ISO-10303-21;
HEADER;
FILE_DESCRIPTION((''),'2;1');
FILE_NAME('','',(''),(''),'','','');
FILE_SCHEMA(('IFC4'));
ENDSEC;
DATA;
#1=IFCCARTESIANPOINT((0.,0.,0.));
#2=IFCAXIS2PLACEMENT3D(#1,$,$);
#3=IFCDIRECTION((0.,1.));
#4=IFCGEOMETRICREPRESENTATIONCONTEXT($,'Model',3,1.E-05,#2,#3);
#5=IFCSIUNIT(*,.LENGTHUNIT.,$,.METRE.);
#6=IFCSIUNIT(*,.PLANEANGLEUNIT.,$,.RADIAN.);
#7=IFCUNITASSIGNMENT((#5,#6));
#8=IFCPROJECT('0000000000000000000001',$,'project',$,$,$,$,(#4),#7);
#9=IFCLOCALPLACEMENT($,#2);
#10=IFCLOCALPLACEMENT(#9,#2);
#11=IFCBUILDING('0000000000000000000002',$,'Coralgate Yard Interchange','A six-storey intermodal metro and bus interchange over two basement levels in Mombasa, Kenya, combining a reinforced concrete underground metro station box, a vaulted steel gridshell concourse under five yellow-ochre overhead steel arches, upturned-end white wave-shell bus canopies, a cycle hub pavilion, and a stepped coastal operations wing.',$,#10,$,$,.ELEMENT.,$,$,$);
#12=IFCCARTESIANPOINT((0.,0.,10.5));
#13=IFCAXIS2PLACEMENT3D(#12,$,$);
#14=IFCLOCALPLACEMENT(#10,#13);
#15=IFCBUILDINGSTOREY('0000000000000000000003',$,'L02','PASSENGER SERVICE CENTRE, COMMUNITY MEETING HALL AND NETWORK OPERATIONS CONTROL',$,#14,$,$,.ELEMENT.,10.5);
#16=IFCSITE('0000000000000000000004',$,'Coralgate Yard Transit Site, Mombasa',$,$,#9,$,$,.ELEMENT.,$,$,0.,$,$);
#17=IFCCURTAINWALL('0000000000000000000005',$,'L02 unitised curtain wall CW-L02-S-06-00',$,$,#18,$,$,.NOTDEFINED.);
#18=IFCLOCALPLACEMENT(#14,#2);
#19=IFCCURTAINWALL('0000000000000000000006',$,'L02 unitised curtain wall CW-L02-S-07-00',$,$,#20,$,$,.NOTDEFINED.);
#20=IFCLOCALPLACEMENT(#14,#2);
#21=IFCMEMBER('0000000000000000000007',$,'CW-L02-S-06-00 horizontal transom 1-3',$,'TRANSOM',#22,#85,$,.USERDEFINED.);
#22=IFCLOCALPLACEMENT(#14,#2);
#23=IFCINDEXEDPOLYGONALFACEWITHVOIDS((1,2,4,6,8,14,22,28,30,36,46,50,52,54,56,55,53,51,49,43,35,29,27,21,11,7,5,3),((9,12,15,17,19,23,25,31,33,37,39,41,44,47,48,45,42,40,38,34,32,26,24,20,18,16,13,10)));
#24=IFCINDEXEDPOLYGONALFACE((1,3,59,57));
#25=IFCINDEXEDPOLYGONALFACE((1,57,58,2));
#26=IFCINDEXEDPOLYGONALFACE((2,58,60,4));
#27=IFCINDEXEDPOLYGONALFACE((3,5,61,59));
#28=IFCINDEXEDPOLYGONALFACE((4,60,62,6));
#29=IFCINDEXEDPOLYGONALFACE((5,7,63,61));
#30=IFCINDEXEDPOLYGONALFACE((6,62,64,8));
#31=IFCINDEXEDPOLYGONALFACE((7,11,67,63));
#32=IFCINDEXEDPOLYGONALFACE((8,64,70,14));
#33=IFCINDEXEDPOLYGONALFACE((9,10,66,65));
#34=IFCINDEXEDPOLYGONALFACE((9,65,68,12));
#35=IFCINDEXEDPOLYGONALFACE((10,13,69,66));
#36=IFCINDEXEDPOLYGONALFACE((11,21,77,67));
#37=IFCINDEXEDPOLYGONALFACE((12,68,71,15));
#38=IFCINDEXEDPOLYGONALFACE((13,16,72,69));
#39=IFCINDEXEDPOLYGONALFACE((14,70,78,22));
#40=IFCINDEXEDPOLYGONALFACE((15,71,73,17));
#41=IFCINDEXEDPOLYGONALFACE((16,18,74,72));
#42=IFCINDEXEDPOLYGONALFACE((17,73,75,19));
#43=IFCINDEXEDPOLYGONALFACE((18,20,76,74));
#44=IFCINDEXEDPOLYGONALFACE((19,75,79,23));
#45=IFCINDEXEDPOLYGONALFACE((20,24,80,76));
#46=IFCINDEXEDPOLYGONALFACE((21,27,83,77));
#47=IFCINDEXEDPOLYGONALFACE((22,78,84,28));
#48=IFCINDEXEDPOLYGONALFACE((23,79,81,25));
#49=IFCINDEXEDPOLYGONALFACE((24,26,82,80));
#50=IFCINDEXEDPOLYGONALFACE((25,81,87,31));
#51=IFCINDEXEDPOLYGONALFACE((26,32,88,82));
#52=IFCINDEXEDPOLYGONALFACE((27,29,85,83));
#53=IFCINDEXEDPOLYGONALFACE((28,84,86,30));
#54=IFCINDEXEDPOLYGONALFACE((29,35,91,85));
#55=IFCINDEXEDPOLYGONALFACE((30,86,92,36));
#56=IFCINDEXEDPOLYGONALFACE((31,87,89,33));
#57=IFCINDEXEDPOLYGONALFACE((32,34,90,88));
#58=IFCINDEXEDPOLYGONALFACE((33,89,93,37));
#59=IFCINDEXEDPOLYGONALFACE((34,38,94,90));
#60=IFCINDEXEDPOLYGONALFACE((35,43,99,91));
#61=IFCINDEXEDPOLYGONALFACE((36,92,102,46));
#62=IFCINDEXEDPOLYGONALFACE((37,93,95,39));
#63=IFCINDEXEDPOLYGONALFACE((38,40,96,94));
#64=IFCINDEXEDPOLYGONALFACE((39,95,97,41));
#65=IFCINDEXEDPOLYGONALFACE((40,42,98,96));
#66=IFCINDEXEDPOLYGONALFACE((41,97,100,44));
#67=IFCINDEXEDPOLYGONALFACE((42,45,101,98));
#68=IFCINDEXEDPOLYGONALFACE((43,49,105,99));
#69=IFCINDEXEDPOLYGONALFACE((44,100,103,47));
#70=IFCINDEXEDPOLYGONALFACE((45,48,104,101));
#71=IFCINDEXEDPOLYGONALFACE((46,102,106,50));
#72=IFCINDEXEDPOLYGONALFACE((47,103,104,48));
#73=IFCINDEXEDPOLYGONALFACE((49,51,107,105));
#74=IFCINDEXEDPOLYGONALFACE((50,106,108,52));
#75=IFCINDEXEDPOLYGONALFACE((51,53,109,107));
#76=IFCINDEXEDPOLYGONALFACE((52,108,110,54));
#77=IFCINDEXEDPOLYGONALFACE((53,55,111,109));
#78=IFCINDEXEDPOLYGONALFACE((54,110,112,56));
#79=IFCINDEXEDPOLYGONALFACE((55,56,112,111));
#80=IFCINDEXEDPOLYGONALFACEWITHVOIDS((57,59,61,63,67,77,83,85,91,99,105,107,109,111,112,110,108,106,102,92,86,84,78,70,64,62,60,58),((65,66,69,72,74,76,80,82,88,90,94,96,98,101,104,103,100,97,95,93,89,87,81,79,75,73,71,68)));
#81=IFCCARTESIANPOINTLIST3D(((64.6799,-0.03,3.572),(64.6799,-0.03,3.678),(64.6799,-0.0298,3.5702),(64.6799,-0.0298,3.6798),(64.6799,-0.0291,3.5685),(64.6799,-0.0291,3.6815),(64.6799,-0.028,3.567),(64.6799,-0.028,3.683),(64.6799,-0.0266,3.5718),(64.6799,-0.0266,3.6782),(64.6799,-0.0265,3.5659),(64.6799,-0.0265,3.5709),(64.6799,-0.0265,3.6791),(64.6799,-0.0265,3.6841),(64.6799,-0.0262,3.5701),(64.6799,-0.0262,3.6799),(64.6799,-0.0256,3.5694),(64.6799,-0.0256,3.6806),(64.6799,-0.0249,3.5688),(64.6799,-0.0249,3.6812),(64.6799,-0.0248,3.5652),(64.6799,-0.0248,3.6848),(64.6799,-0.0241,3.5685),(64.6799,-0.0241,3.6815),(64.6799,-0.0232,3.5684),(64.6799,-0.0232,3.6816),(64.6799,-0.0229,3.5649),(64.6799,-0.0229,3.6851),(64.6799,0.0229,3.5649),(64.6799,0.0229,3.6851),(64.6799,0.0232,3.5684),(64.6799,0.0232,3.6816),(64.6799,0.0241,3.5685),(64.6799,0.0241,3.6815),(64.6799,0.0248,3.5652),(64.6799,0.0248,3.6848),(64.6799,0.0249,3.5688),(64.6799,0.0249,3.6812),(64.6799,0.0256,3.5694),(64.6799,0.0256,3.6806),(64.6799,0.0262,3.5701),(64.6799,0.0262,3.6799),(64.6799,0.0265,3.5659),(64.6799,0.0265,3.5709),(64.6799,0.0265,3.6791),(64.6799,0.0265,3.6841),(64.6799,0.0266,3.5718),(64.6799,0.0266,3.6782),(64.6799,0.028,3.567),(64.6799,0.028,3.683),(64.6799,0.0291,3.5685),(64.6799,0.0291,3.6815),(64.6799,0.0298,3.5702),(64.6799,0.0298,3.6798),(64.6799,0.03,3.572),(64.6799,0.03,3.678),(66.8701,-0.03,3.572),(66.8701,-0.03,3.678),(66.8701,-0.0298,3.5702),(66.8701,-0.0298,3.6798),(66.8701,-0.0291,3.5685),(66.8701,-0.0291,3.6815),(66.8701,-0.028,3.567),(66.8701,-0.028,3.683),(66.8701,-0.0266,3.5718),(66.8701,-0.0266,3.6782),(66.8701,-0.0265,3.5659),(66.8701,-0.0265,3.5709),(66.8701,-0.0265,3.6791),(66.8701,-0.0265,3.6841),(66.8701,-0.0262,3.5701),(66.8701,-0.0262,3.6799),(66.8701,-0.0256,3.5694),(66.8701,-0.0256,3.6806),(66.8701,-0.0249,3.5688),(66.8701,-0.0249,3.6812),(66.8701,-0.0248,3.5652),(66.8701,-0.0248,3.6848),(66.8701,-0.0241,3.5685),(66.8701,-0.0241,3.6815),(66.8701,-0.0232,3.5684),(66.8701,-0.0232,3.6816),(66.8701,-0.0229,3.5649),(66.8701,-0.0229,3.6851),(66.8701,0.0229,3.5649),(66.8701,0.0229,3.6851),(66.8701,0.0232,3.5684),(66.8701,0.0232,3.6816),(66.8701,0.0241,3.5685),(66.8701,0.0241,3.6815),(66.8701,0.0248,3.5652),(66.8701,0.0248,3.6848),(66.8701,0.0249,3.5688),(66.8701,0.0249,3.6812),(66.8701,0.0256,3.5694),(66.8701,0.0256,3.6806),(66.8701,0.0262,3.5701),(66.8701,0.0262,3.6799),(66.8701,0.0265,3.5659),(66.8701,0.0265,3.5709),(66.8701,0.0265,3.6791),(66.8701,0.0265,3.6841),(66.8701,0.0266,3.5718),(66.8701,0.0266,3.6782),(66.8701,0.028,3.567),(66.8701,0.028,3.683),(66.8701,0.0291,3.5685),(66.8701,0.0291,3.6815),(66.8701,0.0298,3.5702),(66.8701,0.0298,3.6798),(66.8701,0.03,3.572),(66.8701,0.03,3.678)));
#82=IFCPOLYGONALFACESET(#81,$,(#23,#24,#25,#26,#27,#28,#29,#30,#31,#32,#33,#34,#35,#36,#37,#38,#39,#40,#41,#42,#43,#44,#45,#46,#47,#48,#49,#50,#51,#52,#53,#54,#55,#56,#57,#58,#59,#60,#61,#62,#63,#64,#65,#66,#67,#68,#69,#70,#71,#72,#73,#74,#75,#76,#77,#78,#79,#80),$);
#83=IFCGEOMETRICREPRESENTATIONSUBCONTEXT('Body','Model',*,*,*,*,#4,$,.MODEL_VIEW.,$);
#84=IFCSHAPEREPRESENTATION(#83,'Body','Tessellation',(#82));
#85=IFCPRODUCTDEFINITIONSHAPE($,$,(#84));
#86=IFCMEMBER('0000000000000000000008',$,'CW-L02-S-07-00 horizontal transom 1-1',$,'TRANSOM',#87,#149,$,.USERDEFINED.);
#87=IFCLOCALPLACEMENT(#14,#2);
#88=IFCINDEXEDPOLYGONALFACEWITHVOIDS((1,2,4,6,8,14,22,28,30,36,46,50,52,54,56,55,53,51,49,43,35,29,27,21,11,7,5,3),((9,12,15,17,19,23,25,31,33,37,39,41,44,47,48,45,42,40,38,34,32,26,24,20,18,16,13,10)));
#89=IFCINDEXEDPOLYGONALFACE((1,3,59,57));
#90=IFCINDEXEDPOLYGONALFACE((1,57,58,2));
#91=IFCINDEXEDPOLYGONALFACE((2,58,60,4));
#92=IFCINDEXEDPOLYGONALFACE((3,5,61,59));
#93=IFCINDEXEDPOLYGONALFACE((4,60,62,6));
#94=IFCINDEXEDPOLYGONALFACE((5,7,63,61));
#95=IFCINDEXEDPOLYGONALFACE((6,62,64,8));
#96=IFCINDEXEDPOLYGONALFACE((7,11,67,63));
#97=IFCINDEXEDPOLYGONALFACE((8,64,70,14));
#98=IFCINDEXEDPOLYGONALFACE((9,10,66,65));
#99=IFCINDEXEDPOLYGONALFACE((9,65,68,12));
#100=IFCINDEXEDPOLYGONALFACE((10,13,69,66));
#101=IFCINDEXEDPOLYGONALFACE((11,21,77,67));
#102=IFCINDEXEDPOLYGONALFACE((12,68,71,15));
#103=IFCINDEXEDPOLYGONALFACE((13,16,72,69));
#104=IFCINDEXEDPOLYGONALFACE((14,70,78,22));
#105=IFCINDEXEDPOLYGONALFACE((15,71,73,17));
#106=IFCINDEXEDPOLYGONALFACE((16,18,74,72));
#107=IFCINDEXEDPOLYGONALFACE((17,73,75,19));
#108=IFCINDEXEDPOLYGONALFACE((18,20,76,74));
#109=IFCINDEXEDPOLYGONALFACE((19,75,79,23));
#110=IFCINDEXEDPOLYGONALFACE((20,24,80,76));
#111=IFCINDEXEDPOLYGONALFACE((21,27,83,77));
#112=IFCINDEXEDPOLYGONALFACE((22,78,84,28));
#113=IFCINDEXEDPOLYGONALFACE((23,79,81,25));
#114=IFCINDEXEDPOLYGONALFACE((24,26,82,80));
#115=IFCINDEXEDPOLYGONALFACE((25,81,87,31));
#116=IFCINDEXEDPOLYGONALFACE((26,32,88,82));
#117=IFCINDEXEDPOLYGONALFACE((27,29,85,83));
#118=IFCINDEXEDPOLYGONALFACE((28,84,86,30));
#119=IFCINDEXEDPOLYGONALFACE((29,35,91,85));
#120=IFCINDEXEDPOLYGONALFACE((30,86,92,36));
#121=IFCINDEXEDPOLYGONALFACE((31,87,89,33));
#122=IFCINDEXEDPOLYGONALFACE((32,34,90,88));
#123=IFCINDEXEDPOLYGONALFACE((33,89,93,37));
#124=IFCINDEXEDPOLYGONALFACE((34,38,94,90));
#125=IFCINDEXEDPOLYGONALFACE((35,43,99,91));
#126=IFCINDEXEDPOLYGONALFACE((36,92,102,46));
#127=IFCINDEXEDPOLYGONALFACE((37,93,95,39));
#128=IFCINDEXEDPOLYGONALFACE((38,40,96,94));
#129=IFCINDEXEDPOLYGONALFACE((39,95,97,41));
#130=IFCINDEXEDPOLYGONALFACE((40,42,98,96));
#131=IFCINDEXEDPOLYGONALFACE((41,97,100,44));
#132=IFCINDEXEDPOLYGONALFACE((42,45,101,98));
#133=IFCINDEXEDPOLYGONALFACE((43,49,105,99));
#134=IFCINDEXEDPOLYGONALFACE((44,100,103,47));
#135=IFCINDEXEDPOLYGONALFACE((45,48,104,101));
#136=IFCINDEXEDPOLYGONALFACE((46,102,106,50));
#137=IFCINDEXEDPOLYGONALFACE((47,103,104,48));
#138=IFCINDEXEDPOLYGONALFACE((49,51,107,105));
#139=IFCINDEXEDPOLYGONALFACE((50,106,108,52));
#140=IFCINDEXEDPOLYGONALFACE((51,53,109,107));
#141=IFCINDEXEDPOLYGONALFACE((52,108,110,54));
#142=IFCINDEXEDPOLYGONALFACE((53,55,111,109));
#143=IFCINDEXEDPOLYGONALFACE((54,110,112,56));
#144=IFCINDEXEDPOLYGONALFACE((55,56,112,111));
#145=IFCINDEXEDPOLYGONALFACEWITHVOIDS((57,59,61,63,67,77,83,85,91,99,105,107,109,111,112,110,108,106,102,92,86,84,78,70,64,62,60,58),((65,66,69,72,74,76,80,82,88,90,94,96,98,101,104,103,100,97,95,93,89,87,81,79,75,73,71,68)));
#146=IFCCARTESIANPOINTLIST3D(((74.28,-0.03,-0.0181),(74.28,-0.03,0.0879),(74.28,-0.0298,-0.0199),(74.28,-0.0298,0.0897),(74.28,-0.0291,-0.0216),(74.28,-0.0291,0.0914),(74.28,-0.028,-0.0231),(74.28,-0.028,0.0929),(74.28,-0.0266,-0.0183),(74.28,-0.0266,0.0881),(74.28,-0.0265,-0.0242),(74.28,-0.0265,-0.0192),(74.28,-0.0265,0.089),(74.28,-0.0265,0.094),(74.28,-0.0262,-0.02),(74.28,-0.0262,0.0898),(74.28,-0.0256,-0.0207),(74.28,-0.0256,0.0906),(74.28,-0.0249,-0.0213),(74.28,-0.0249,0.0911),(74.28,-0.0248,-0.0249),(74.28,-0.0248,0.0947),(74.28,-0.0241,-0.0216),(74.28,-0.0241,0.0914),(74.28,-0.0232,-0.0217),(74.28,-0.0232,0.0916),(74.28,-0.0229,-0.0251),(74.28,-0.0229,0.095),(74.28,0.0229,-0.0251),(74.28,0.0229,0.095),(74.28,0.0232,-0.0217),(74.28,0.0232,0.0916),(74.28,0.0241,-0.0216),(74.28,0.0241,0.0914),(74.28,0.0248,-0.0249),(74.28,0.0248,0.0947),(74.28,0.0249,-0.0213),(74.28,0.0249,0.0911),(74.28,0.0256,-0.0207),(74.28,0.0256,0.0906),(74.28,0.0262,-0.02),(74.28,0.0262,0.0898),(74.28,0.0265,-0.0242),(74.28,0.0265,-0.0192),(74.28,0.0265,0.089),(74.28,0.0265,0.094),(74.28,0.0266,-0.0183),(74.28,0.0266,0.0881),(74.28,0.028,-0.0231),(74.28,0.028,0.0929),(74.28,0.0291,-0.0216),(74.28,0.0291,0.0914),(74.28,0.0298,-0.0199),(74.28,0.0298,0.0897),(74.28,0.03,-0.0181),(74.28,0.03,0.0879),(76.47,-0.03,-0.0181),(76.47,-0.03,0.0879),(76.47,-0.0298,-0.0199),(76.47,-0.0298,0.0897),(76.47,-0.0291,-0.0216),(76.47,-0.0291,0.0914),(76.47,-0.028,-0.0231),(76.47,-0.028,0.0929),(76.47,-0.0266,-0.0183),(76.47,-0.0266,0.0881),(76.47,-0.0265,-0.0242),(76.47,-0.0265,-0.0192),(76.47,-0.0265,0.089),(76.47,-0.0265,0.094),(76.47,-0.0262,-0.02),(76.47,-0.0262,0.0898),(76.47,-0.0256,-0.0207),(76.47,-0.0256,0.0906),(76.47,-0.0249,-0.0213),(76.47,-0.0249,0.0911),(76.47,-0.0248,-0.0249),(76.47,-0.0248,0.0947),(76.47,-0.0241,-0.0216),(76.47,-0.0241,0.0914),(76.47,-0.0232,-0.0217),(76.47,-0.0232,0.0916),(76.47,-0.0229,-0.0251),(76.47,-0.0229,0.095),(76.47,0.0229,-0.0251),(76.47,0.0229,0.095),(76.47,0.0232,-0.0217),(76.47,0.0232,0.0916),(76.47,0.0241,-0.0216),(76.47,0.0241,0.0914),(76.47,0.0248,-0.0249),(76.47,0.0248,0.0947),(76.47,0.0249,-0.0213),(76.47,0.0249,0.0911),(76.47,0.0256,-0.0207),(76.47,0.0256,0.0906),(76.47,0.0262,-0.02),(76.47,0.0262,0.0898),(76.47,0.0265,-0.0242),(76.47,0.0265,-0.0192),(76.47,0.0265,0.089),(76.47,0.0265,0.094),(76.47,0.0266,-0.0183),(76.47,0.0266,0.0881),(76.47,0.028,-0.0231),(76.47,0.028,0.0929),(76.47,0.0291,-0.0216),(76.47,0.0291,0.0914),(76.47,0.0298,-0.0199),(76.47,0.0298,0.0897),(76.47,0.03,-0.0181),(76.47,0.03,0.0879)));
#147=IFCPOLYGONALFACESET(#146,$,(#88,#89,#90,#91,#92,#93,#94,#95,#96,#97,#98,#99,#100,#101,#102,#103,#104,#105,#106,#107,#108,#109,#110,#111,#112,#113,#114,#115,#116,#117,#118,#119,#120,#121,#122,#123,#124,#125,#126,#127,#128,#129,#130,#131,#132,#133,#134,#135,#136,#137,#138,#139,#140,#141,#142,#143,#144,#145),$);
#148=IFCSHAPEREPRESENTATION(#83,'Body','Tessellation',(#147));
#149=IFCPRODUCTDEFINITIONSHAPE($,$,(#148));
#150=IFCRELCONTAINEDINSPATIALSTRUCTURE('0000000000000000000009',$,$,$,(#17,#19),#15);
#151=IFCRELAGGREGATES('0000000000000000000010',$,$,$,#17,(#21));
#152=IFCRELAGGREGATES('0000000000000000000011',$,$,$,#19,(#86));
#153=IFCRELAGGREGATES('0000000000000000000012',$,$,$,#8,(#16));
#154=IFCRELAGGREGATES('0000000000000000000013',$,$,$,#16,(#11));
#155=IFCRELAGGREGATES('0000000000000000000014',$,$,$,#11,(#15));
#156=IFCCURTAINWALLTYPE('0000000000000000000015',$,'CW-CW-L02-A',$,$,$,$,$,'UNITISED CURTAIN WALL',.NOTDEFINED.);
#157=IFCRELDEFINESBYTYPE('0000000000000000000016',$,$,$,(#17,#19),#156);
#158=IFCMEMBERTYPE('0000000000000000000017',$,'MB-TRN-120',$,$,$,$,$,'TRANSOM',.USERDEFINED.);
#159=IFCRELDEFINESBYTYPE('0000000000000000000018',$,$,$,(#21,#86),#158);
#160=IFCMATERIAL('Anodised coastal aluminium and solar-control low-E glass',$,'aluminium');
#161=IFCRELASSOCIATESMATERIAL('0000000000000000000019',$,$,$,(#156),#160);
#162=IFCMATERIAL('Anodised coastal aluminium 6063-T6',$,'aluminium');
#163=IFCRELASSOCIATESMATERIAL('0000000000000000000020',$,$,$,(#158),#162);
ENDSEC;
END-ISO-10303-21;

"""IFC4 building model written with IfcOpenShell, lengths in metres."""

from ifc_helpers import new_model, si_unit, direction, frame, origin, origin_2d, place, context, subcontext, project, spatial, hollow_rectangle, extrude, material, material_profile, profile_set, type_object, element, aggregate, save


model = new_model("IFC4")

# Units and contexts
model_context = context("Model", 3, precision=1e-05, world=origin(), true_north=direction((0.0, 1.0)))
body_context = subcontext(model_context, "Body", "Model", "MODEL_VIEW")
ifc_project = project(units=[si_unit("LENGTHUNIT", "METRE"), si_unit("PLANEANGLEUNIT", "RADIAN")], contexts=[model_context])

# Site, building, storey
site_placement = place(None, origin())
site = spatial("IfcSite", under=ifc_project, at=site_placement, Name="Coralgate Yard Transit Site, Mombasa", CompositionType="ELEMENT", RefElevation=0.0)
building_placement = place(site_placement, origin())
building = spatial("IfcBuilding", under=site, at=building_placement, Name="Coralgate Yard Interchange", Description="A six-storey intermodal metro and bus interchange over two basement levels in Mombasa, Kenya, combining a reinforced concrete underground metro station box, a vaulted steel gridshell concourse under five yellow-ochre overhead steel arches, upturned-end white wave-shell bus canopies, a cycle hub pavilion, and a stepped coastal operations wing.", CompositionType="ELEMENT")
storey_placement = place(building_placement, frame((0.0, 0.0, 10.5)))
storey = spatial("IfcBuildingStorey", under=building, at=storey_placement, Name="L02", Description="PASSENGER SERVICE CENTRE, COMMUNITY MEETING HALL AND NETWORK OPERATIONS CONTROL", CompositionType="ELEMENT", Elevation=10.5)

# Curtain wall
ifc_material_1 = material(Name="Anodised coastal aluminium and solar-control low-E glass", Category="aluminium")
curtain_wall_type = type_object("IfcCurtainWallType", Name="CW-CW-L02-A", ElementType="UNITISED CURTAIN WALL", PredefinedType="NOTDEFINED", material=ifc_material_1)
curtain_wall_1_placement = place(storey_placement, origin())
curtain_wall_1 = element("IfcCurtainWall", 1, at=curtain_wall_1_placement, inside=storey, type_object=curtain_wall_type, Name="L02 unitised curtain wall CW-L02-S-06-00", PredefinedType="NOTDEFINED")
ifc_material_2 = material(Name="Anodised coastal aluminium 6063-T6", Category="aluminium")

# Curtain wall
curtain_wall_2_placement = place(storey_placement, origin())
curtain_wall_2 = element("IfcCurtainWall", 2, at=curtain_wall_2_placement, inside=storey, type_object=curtain_wall_type, Name="L02 unitised curtain wall CW-L02-S-07-00", PredefinedType="NOTDEFINED")

# Members
ifc_material_profile_1 = material_profile(ifc_material_2, hollow_rectangle(XDim=0.0601, YDim=0.1201, WallThickness=0.0034, InnerFilletRadius=0.0034, OuterFilletRadius=0.0071, at=origin_2d()), Name="ALU 60x120x3.5")
ifc_profile_set_1 = profile_set([ifc_material_profile_1], Name="Anodised coastal aluminium 6063-T6")
member_type_1 = type_object("IfcMemberType", Name="MB-TRN-120", ElementType="TRANSOM", PredefinedType="USERDEFINED", material=ifc_profile_set_1)
member_1_placement = place(storey_placement, frame((66.8701, 0.0, 3.625), z_axis=(-1.0, 0.0, 0.0), x_axis=(0.0, -1.0, 0.0)))
member_1 = element("IfcMember", 3, at=member_1_placement, type_object=member_type_1, Name="CW-L02-S-06-00 horizontal transom 1-3", ObjectType="TRANSOM", PredefinedType="USERDEFINED", context=body_context, shape_type="SweptSolid", body=[
    extrude(hollow_rectangle(XDim=0.0601, YDim=0.1201, WallThickness=0.0034, InnerFilletRadius=0.0034, OuterFilletRadius=0.0071, at=origin_2d()), origin(), (0.0, 0.0, 1.0), 2.1902),
])
aggregate(curtain_wall_1, [member_1])
member_2_placement = place(storey_placement, frame((76.47, 0.0, 0.0349), z_axis=(-1.0, 0.0, 0.0), x_axis=(0.0, -1.0, 0.0)))
member_2 = element("IfcMember", 4, at=member_2_placement, type_object=member_type_1, Name="CW-L02-S-07-00 horizontal transom 1-1", ObjectType="TRANSOM", PredefinedType="USERDEFINED", context=body_context, shape_type="SweptSolid", body=[
    extrude(hollow_rectangle(XDim=0.0601, YDim=0.1201, WallThickness=0.0034, InnerFilletRadius=0.0034, OuterFilletRadius=0.0071, at=origin_2d()), origin(), (0.0, 0.0, 1.0), 2.1899),
])

aggregate(curtain_wall_2, [member_2])

save(model, "model.ifc")
